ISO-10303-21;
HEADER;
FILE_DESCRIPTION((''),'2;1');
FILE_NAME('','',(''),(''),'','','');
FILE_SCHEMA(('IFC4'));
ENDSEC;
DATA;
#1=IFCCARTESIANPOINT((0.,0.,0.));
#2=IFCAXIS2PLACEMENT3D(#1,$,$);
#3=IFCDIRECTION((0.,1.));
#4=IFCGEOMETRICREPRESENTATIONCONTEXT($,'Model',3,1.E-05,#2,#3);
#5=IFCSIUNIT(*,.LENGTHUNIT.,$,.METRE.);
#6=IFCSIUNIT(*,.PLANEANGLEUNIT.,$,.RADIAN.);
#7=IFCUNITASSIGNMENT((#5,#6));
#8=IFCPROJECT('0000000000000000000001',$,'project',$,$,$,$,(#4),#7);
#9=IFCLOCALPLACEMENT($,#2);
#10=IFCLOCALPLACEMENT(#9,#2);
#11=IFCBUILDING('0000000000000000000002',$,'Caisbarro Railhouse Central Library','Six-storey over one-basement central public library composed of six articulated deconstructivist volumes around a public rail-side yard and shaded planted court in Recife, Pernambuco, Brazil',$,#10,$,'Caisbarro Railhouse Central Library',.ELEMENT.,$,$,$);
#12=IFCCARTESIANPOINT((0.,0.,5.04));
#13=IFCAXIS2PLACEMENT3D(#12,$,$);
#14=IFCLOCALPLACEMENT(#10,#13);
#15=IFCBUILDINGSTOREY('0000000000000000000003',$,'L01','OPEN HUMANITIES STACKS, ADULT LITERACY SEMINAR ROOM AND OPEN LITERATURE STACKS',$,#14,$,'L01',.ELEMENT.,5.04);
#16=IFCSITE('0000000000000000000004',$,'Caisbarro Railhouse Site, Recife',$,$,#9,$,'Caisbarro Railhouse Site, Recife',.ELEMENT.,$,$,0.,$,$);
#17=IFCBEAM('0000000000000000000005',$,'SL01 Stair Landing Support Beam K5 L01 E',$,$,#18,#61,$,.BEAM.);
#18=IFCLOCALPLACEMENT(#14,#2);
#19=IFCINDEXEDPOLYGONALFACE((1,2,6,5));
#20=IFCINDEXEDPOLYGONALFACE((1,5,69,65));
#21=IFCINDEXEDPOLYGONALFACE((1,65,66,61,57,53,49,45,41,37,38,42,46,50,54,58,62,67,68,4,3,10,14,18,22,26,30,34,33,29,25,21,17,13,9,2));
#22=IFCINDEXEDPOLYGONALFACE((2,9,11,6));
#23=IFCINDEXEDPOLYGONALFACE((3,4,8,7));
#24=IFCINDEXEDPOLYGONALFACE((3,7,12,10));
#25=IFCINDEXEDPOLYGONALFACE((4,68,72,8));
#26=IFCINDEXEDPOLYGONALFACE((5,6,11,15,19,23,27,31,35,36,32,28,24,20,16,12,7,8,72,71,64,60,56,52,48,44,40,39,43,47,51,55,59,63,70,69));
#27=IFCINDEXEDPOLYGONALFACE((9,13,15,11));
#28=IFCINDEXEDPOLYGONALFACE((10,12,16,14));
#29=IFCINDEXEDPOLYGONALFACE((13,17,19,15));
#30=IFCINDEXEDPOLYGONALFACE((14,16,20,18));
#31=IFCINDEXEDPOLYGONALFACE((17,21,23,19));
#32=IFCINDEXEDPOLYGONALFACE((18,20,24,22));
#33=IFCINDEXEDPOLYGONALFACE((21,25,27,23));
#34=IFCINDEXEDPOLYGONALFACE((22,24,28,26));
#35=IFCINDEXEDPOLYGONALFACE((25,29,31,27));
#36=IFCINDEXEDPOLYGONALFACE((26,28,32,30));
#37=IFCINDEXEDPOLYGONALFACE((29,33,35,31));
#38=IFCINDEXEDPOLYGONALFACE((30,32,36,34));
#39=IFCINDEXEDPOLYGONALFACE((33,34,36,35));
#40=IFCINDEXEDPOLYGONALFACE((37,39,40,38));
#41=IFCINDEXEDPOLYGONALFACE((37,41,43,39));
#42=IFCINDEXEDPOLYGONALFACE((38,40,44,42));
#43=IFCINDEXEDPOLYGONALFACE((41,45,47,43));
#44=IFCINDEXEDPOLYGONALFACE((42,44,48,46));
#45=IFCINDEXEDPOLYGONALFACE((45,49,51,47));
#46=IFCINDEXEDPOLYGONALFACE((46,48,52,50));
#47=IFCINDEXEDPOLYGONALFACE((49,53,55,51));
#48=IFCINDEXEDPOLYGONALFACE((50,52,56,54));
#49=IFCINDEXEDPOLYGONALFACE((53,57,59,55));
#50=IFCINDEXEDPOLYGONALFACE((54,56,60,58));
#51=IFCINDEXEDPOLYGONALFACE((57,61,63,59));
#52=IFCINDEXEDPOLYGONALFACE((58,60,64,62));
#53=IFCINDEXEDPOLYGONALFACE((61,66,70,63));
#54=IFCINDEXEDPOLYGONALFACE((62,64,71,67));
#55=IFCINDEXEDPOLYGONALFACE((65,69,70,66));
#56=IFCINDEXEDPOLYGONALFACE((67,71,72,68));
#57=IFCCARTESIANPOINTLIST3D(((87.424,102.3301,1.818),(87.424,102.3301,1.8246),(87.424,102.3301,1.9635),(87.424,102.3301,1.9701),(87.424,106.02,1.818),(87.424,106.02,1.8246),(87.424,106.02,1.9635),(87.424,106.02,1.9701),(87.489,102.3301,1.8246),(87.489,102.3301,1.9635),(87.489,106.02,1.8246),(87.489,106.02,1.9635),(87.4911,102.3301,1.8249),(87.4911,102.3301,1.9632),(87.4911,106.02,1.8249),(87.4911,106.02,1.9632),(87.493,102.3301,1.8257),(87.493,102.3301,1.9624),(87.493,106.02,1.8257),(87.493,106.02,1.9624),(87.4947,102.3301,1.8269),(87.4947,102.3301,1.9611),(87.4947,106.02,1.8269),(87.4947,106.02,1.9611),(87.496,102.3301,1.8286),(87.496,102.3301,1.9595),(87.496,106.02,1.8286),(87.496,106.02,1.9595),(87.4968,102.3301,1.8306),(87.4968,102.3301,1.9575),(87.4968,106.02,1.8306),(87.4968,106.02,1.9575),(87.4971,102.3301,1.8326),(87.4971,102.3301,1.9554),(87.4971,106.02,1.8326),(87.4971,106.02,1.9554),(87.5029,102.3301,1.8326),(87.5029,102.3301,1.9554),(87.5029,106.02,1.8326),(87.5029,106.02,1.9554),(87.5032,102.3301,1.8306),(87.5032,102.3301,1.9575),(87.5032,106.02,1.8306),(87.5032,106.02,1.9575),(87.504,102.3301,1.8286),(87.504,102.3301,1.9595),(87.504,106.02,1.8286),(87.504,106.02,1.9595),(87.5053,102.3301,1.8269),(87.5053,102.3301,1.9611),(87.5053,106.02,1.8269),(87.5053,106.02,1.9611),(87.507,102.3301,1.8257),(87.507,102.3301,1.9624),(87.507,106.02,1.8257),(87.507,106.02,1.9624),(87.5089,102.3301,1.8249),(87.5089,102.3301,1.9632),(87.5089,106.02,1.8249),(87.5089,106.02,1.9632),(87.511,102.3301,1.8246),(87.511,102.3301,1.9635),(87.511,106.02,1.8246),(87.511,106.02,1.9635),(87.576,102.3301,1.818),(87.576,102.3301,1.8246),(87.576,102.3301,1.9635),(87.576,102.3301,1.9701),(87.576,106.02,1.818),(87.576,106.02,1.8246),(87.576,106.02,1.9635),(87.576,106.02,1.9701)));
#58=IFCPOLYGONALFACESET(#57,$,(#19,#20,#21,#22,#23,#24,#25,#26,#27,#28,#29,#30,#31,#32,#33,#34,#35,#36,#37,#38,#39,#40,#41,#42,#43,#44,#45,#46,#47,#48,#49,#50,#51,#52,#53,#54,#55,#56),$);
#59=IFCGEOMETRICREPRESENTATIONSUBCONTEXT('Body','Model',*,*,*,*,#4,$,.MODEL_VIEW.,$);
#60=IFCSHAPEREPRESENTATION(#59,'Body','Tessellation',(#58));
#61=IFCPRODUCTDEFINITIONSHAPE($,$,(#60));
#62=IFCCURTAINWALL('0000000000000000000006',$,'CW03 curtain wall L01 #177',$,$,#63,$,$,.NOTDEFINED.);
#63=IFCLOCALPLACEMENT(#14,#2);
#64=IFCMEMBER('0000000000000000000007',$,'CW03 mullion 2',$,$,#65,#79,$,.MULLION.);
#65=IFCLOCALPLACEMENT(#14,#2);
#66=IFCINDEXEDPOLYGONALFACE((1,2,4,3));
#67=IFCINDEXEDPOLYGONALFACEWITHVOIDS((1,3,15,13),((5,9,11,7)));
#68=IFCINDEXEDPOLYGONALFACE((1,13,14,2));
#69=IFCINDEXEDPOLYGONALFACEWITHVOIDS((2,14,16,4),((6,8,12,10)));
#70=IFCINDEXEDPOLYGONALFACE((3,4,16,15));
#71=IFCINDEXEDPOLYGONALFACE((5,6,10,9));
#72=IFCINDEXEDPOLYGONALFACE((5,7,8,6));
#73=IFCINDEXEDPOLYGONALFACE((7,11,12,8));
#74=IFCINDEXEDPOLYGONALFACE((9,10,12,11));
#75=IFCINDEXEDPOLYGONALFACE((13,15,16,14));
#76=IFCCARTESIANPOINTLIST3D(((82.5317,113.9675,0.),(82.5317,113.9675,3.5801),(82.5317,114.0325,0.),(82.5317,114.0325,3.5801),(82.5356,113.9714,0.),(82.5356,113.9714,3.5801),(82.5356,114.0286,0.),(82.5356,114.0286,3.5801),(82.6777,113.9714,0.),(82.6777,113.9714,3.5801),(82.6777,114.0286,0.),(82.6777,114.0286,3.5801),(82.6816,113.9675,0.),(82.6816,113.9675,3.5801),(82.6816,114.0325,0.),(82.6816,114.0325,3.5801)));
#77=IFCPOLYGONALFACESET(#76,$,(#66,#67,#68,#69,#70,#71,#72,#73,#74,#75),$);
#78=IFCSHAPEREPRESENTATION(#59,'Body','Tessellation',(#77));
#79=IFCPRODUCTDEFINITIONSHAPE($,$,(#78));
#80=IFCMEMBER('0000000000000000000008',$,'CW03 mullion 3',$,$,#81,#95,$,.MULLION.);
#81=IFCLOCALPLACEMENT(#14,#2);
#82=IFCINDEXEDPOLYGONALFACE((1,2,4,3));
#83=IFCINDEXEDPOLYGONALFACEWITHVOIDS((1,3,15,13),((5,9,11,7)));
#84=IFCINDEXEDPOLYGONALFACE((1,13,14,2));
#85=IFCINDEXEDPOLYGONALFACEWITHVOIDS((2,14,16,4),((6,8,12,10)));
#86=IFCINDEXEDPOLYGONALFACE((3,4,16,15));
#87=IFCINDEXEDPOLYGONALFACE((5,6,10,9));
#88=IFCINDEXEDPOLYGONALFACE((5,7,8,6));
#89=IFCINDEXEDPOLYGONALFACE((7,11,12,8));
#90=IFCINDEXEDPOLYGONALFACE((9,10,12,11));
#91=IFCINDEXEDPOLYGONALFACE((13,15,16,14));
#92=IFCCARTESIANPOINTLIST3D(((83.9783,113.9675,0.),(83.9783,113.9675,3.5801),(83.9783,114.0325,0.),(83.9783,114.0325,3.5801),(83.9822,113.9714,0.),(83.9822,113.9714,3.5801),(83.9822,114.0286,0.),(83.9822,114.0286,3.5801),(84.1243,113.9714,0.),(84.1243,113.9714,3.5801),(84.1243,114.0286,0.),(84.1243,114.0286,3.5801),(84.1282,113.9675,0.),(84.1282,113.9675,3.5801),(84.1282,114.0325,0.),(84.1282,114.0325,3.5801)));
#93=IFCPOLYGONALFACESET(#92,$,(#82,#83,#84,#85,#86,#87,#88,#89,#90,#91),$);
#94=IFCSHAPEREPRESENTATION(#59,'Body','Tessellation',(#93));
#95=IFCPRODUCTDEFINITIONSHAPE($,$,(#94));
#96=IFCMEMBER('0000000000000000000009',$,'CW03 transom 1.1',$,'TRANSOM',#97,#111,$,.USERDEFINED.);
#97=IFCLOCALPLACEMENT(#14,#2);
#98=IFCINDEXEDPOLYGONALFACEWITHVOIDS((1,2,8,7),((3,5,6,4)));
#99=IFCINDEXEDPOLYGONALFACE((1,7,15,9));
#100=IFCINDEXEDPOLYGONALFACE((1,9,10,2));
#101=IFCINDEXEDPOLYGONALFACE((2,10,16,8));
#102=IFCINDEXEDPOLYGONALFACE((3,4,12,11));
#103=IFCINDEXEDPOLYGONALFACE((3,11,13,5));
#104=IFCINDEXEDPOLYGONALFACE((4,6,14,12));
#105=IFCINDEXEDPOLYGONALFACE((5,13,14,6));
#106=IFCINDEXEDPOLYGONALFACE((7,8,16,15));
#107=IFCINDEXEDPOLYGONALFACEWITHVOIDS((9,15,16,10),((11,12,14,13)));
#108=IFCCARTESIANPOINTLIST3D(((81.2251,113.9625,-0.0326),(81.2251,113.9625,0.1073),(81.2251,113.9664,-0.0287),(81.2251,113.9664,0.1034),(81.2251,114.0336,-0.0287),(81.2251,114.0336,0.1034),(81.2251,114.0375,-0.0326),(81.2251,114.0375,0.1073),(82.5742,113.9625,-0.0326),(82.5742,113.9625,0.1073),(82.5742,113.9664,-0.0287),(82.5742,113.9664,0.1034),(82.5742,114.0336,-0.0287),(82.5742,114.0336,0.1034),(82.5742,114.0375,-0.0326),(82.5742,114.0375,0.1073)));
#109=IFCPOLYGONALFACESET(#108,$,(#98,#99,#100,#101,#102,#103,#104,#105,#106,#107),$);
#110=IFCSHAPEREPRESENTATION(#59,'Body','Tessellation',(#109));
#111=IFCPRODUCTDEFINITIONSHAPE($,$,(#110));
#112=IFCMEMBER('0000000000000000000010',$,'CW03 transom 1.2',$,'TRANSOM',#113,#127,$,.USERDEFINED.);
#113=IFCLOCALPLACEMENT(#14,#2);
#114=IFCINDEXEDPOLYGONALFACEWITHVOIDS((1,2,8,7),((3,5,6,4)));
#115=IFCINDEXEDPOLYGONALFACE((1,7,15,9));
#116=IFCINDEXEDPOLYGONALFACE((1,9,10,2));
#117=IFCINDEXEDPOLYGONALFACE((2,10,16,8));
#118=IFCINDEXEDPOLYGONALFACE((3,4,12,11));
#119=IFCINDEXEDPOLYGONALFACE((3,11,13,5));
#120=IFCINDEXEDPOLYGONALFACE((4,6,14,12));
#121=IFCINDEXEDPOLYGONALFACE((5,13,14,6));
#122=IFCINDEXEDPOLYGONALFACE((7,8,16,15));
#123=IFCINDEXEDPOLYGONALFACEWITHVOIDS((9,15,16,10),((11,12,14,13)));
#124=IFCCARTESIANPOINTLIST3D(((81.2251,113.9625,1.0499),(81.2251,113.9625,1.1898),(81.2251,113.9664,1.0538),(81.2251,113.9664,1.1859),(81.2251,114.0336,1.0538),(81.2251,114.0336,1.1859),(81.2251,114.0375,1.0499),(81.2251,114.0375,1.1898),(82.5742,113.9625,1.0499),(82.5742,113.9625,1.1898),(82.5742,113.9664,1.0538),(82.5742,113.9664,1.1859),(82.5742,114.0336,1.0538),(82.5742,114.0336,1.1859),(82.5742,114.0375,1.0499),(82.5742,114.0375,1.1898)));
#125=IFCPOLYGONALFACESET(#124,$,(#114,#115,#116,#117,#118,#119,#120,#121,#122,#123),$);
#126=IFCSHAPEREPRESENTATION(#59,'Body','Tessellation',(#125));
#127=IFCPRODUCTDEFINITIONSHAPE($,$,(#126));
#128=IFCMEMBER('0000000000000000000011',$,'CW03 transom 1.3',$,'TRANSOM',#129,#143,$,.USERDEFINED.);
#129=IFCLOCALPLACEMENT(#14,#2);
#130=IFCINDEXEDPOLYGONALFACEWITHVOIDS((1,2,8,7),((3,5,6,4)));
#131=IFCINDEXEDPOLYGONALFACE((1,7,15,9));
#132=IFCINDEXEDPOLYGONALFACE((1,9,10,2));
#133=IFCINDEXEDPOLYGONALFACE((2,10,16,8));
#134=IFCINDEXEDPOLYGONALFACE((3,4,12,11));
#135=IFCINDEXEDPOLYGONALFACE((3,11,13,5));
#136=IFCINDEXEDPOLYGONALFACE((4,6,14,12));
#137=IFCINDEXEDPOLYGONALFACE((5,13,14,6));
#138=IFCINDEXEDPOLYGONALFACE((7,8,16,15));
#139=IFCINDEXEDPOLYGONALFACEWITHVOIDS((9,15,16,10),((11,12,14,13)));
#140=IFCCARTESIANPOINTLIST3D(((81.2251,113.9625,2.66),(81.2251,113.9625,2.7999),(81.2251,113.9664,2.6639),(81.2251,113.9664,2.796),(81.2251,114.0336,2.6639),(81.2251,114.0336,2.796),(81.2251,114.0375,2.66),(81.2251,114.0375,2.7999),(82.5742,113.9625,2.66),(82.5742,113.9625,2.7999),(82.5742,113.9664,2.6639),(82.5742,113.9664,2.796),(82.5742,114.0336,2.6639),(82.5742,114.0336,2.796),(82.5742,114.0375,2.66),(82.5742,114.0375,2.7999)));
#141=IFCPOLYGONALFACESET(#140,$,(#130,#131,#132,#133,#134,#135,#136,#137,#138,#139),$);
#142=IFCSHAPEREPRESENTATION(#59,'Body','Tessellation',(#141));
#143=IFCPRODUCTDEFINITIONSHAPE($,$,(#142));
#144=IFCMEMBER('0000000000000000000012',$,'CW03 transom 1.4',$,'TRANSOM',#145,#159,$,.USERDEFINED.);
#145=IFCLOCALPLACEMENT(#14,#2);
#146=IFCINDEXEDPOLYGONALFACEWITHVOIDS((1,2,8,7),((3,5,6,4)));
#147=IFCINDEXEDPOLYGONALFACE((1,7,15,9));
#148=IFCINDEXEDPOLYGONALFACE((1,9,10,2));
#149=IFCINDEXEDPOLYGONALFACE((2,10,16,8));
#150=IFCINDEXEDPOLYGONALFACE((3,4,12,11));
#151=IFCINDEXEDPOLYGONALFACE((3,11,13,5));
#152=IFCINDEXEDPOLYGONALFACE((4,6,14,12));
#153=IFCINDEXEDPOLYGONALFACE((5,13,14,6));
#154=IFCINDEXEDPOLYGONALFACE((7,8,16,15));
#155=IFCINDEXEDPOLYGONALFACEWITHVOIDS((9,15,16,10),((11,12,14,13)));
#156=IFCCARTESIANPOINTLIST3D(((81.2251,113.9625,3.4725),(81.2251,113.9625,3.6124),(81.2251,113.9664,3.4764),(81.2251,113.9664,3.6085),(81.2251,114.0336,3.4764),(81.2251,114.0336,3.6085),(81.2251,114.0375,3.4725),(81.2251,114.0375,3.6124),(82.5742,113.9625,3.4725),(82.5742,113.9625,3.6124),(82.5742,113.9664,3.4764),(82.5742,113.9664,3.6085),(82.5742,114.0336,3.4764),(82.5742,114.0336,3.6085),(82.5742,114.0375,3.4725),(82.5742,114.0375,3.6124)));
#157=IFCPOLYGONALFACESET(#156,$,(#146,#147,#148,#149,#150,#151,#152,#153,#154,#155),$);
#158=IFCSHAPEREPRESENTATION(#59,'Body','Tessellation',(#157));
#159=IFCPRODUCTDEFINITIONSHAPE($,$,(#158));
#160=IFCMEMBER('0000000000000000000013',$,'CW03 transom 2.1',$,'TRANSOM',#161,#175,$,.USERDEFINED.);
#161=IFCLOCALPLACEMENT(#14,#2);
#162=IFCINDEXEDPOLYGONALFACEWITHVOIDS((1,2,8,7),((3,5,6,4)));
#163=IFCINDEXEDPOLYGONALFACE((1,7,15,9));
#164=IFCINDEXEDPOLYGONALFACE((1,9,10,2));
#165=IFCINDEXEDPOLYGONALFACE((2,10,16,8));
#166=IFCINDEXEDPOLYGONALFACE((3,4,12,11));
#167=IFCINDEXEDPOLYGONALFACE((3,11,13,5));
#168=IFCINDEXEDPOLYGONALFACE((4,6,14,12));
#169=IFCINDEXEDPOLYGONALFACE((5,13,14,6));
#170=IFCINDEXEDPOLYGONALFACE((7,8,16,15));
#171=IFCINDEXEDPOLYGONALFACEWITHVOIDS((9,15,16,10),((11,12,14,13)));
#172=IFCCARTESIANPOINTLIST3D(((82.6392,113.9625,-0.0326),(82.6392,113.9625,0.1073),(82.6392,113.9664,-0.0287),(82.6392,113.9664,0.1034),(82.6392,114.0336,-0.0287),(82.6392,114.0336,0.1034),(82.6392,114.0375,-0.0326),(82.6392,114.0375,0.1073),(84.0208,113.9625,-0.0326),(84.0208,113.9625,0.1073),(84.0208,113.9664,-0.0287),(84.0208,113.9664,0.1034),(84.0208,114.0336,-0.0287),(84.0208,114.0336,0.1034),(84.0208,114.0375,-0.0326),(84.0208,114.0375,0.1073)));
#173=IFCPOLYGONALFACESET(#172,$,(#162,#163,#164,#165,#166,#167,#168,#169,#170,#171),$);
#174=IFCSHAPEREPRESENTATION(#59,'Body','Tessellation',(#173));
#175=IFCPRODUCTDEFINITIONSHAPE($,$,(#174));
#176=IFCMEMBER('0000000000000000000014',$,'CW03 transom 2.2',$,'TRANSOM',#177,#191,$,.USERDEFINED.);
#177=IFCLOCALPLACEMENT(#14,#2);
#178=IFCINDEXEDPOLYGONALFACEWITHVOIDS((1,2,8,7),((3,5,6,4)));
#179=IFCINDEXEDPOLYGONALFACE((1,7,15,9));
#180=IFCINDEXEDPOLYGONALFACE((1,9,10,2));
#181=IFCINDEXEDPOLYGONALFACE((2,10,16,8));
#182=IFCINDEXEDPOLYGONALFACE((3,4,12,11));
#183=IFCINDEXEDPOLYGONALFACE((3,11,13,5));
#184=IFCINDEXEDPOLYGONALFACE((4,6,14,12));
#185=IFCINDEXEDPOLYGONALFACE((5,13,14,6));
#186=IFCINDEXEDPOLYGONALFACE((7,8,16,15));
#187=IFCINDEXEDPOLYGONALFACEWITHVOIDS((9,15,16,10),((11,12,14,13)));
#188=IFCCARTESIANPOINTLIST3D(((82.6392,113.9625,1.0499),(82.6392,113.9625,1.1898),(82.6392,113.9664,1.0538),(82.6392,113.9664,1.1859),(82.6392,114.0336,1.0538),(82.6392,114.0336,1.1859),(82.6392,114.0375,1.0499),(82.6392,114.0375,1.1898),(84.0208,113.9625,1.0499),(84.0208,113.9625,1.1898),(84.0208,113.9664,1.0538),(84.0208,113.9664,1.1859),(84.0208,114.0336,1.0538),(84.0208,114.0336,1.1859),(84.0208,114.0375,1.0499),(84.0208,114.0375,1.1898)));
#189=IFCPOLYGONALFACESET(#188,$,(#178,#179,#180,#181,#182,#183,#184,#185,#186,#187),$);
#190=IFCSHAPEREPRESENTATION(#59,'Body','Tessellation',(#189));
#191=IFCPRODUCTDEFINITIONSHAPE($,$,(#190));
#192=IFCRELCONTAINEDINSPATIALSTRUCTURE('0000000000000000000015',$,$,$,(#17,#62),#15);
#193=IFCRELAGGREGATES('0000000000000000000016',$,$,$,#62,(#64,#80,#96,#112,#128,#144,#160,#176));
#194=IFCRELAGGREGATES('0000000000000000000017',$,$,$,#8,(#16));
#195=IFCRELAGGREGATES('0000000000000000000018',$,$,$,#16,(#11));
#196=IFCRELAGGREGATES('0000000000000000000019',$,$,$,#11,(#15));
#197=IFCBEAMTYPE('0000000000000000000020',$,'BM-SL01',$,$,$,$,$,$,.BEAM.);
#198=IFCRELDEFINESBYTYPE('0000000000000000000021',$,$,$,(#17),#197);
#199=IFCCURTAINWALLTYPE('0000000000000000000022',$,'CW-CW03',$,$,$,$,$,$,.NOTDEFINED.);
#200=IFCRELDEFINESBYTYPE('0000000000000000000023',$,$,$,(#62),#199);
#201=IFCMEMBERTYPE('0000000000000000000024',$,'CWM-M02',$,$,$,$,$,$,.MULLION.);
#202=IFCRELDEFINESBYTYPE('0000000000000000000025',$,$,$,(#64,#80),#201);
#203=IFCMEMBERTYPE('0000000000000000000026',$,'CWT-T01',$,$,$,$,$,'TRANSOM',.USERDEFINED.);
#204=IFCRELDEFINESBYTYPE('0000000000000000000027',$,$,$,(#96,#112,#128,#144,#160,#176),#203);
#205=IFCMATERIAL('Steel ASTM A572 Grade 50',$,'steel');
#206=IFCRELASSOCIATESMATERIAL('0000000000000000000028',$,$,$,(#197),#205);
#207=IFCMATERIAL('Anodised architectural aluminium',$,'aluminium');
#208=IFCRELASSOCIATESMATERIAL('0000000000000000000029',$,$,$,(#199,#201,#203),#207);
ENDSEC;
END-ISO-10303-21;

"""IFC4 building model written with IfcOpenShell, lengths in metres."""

from ifc_helpers import new_model, si_unit, direction, frame, origin, origin_2d, place, context, subcontext, project, spatial, hollow_rectangle, i_section, extrude, material, material_profile, profile_set, type_object, element, aggregate, save


model = new_model("IFC4")

# Units and contexts
model_context = context("Model", 3, precision=1e-05, world=origin(), true_north=direction((0.0, 1.0)))
body_context = subcontext(model_context, "Body", "Model", "MODEL_VIEW")
ifc_project = project(units=[si_unit("LENGTHUNIT", "METRE"), si_unit("PLANEANGLEUNIT", "RADIAN")], contexts=[model_context])

# Site, building, storey
site_placement = place(None, origin())
site = spatial("IfcSite", under=ifc_project, at=site_placement, Name="Caisbarro Railhouse Site, Recife", LongName="Caisbarro Railhouse Site, Recife", CompositionType="ELEMENT", RefElevation=0.0)
building_placement = place(site_placement, origin())
building = spatial("IfcBuilding", under=site, at=building_placement, Name="Caisbarro Railhouse Central Library", Description="Six-storey over one-basement central public library composed of six articulated deconstructivist volumes around a public rail-side yard and shaded planted court in Recife, Pernambuco, Brazil", LongName="Caisbarro Railhouse Central Library", CompositionType="ELEMENT")
storey_placement = place(building_placement, frame((0.0, 0.0, 5.04)))
storey = spatial("IfcBuildingStorey", under=building, at=storey_placement, Name="L01", Description="OPEN HUMANITIES STACKS, ADULT LITERACY SEMINAR ROOM AND OPEN LITERATURE STACKS", LongName="L01", CompositionType="ELEMENT", Elevation=5.04)

# Shared definitions
ifc_material_1 = material(Name="Steel ASTM A572 Grade 50", Category="steel")

# Beam
ifc_material_profile_1 = material_profile(ifc_material_1, i_section(OverallWidth=0.1521, OverallDepth=0.1521, WebThickness=0.0059, FlangeThickness=0.0066, FilletRadius=0.0081, at=origin_2d()), Name="W150X22.5")
ifc_profile_set_1 = profile_set([ifc_material_profile_1], Name="Steel ASTM A572 Grade 50")
beam_type_1 = type_object("IfcBeamType", Name="BM-SL01", PredefinedType="BEAM", material=ifc_profile_set_1)
for number, where, z_axis, x_axis, name in (
    (1, (87.5, 102.3301, 1.894), (0.0, 1.0, 0.0), (-1.0, 0.0, 0.0), "SL01 Stair Landing Support Beam K5 L01 E"),
):
    element("IfcBeam", number, at=place(storey_placement, frame(where, z_axis=z_axis, x_axis=x_axis)), inside=storey, type_object=beam_type_1, Name=name, PredefinedType="BEAM", context=body_context, shape_type="SweptSolid", body=[
        extrude(i_section(OverallWidth=0.1521, OverallDepth=0.1521, WebThickness=0.0059, FlangeThickness=0.0066, FilletRadius=0.0081, at=origin_2d()), origin(), (0.0, 0.0, 1.0), 3.6899),
    ])

# Curtain wall, members
ifc_material_2 = material(Name="Anodised architectural aluminium", Category="aluminium")
curtain_wall_type = type_object("IfcCurtainWallType", Name="CW-CW03", PredefinedType="NOTDEFINED", material=ifc_material_2)
curtain_wall_placement = place(storey_placement, origin())
curtain_wall = element("IfcCurtainWall", 2, at=curtain_wall_placement, inside=storey, type_object=curtain_wall_type, Name="CW03 curtain wall L01 #177", PredefinedType="NOTDEFINED")
ifc_material_profile_2 = material_profile(ifc_material_2, hollow_rectangle(XDim=0.0649, YDim=0.1499, WallThickness=0.0039, at=origin_2d()), Name="ALU-MUL-65X150")
ifc_profile_set_2 = profile_set([ifc_material_profile_2], Name="Anodised architectural aluminium")
member_type_1 = type_object("IfcMemberType", Name="CWM-M02", PredefinedType="MULLION", material=ifc_profile_set_2)
member_1_placement = place(storey_placement, frame((82.6067, 114.0, 0.0), z_axis=(0.0, 0.0, 1.0), x_axis=(0.0, 1.0, 0.0)))
member_1 = element("IfcMember", 3, at=member_1_placement, type_object=member_type_1, Name="CW03 mullion 2", PredefinedType="MULLION", context=body_context, shape_type="SweptSolid", body=[
    extrude(hollow_rectangle(XDim=0.0649, YDim=0.1499, WallThickness=0.0039, at=origin_2d()), origin(), (0.0, 0.0, 1.0), 3.5801),
])
member_2_placement = place(storey_placement, frame((84.0532, 114.0, 0.0), z_axis=(0.0, 0.0, 1.0), x_axis=(0.0, 1.0, 0.0)))
member_2 = element("IfcMember", 4, at=member_2_placement, type_object=member_type_1, Name="CW03 mullion 3", PredefinedType="MULLION", context=body_context, shape_type="SweptSolid", body=[
    extrude(hollow_rectangle(XDim=0.0649, YDim=0.1499, WallThickness=0.0039, at=origin_2d()), origin(), (0.0, 0.0, 1.0), 3.5801),
])
ifc_material_profile_3 = material_profile(ifc_material_2, hollow_rectangle(XDim=0.075, YDim=0.1399, WallThickness=0.0039, at=origin_2d()), Name="ALU-TRN-75X140")
ifc_profile_set_3 = profile_set([ifc_material_profile_3], Name="Anodised architectural aluminium")
member_type_2 = type_object("IfcMemberType", Name="CWT-T01", ElementType="TRANSOM", PredefinedType="USERDEFINED", material=ifc_profile_set_3)
member_3_placement = place(storey_placement, frame((81.2251, 114.0, 0.0374), z_axis=(1.0, 0.0, 0.0), x_axis=(0.0, 1.0, 0.0)))
member_3 = element("IfcMember", 5, at=member_3_placement, type_object=member_type_2, Name="CW03 transom 1.1", ObjectType="TRANSOM", PredefinedType="USERDEFINED", context=body_context, shape_type="SweptSolid", body=[
    extrude(hollow_rectangle(XDim=0.075, YDim=0.1399, WallThickness=0.0039, at=origin_2d()), origin(), (0.0, 0.0, 1.0), 1.3491),
])
member_4_placement = place(storey_placement, frame((81.2251, 114.0, 1.1199), z_axis=(1.0, 0.0, 0.0), x_axis=(0.0, 1.0, 0.0)))
member_4 = element("IfcMember", 6, at=member_4_placement, type_object=member_type_2, Name="CW03 transom 1.2", ObjectType="TRANSOM", PredefinedType="USERDEFINED", context=body_context, shape_type="SweptSolid", body=[
    extrude(hollow_rectangle(XDim=0.075, YDim=0.1399, WallThickness=0.0039, at=origin_2d()), origin(), (0.0, 0.0, 1.0), 1.3491),
])
member_5_placement = place(storey_placement, frame((81.2251, 114.0, 2.73), z_axis=(1.0, 0.0, 0.0), x_axis=(0.0, 1.0, 0.0)))
member_5 = element("IfcMember", 7, at=member_5_placement, type_object=member_type_2, Name="CW03 transom 1.3", ObjectType="TRANSOM", PredefinedType="USERDEFINED", context=body_context, shape_type="SweptSolid", body=[
    extrude(hollow_rectangle(XDim=0.075, YDim=0.1399, WallThickness=0.0039, at=origin_2d()), origin(), (0.0, 0.0, 1.0), 1.3491),
])
member_6_placement = place(storey_placement, frame((81.2251, 114.0, 3.5425), z_axis=(1.0, 0.0, 0.0), x_axis=(0.0, 1.0, 0.0)))
member_6 = element("IfcMember", 8, at=member_6_placement, type_object=member_type_2, Name="CW03 transom 1.4", ObjectType="TRANSOM", PredefinedType="USERDEFINED", context=body_context, shape_type="SweptSolid", body=[
    extrude(hollow_rectangle(XDim=0.075, YDim=0.1399, WallThickness=0.0039, at=origin_2d()), origin(), (0.0, 0.0, 1.0), 1.3491),
])
member_7_placement = place(storey_placement, frame((82.6392, 114.0, 0.0374), z_axis=(1.0, 0.0, 0.0), x_axis=(0.0, 1.0, 0.0)))
member_7 = element("IfcMember", 9, at=member_7_placement, type_object=member_type_2, Name="CW03 transom 2.1", ObjectType="TRANSOM", PredefinedType="USERDEFINED", context=body_context, shape_type="SweptSolid", body=[
    extrude(hollow_rectangle(XDim=0.075, YDim=0.1399, WallThickness=0.0039, at=origin_2d()), origin(), (0.0, 0.0, 1.0), 1.3816),
])
member_8_placement = place(storey_placement, frame((82.6392, 114.0, 1.1199), z_axis=(1.0, 0.0, 0.0), x_axis=(0.0, 1.0, 0.0)))
member_8 = element("IfcMember", 10, at=member_8_placement, type_object=member_type_2, Name="CW03 transom 2.2", ObjectType="TRANSOM", PredefinedType="USERDEFINED", context=body_context, shape_type="SweptSolid", body=[
    extrude(hollow_rectangle(XDim=0.075, YDim=0.1399, WallThickness=0.0039, at=origin_2d()), origin(), (0.0, 0.0, 1.0), 1.3816),
])
aggregate(curtain_wall, [member_1, member_2, member_3, member_4, member_5, member_6, member_7, member_8])

save(model, "model.ifc")
